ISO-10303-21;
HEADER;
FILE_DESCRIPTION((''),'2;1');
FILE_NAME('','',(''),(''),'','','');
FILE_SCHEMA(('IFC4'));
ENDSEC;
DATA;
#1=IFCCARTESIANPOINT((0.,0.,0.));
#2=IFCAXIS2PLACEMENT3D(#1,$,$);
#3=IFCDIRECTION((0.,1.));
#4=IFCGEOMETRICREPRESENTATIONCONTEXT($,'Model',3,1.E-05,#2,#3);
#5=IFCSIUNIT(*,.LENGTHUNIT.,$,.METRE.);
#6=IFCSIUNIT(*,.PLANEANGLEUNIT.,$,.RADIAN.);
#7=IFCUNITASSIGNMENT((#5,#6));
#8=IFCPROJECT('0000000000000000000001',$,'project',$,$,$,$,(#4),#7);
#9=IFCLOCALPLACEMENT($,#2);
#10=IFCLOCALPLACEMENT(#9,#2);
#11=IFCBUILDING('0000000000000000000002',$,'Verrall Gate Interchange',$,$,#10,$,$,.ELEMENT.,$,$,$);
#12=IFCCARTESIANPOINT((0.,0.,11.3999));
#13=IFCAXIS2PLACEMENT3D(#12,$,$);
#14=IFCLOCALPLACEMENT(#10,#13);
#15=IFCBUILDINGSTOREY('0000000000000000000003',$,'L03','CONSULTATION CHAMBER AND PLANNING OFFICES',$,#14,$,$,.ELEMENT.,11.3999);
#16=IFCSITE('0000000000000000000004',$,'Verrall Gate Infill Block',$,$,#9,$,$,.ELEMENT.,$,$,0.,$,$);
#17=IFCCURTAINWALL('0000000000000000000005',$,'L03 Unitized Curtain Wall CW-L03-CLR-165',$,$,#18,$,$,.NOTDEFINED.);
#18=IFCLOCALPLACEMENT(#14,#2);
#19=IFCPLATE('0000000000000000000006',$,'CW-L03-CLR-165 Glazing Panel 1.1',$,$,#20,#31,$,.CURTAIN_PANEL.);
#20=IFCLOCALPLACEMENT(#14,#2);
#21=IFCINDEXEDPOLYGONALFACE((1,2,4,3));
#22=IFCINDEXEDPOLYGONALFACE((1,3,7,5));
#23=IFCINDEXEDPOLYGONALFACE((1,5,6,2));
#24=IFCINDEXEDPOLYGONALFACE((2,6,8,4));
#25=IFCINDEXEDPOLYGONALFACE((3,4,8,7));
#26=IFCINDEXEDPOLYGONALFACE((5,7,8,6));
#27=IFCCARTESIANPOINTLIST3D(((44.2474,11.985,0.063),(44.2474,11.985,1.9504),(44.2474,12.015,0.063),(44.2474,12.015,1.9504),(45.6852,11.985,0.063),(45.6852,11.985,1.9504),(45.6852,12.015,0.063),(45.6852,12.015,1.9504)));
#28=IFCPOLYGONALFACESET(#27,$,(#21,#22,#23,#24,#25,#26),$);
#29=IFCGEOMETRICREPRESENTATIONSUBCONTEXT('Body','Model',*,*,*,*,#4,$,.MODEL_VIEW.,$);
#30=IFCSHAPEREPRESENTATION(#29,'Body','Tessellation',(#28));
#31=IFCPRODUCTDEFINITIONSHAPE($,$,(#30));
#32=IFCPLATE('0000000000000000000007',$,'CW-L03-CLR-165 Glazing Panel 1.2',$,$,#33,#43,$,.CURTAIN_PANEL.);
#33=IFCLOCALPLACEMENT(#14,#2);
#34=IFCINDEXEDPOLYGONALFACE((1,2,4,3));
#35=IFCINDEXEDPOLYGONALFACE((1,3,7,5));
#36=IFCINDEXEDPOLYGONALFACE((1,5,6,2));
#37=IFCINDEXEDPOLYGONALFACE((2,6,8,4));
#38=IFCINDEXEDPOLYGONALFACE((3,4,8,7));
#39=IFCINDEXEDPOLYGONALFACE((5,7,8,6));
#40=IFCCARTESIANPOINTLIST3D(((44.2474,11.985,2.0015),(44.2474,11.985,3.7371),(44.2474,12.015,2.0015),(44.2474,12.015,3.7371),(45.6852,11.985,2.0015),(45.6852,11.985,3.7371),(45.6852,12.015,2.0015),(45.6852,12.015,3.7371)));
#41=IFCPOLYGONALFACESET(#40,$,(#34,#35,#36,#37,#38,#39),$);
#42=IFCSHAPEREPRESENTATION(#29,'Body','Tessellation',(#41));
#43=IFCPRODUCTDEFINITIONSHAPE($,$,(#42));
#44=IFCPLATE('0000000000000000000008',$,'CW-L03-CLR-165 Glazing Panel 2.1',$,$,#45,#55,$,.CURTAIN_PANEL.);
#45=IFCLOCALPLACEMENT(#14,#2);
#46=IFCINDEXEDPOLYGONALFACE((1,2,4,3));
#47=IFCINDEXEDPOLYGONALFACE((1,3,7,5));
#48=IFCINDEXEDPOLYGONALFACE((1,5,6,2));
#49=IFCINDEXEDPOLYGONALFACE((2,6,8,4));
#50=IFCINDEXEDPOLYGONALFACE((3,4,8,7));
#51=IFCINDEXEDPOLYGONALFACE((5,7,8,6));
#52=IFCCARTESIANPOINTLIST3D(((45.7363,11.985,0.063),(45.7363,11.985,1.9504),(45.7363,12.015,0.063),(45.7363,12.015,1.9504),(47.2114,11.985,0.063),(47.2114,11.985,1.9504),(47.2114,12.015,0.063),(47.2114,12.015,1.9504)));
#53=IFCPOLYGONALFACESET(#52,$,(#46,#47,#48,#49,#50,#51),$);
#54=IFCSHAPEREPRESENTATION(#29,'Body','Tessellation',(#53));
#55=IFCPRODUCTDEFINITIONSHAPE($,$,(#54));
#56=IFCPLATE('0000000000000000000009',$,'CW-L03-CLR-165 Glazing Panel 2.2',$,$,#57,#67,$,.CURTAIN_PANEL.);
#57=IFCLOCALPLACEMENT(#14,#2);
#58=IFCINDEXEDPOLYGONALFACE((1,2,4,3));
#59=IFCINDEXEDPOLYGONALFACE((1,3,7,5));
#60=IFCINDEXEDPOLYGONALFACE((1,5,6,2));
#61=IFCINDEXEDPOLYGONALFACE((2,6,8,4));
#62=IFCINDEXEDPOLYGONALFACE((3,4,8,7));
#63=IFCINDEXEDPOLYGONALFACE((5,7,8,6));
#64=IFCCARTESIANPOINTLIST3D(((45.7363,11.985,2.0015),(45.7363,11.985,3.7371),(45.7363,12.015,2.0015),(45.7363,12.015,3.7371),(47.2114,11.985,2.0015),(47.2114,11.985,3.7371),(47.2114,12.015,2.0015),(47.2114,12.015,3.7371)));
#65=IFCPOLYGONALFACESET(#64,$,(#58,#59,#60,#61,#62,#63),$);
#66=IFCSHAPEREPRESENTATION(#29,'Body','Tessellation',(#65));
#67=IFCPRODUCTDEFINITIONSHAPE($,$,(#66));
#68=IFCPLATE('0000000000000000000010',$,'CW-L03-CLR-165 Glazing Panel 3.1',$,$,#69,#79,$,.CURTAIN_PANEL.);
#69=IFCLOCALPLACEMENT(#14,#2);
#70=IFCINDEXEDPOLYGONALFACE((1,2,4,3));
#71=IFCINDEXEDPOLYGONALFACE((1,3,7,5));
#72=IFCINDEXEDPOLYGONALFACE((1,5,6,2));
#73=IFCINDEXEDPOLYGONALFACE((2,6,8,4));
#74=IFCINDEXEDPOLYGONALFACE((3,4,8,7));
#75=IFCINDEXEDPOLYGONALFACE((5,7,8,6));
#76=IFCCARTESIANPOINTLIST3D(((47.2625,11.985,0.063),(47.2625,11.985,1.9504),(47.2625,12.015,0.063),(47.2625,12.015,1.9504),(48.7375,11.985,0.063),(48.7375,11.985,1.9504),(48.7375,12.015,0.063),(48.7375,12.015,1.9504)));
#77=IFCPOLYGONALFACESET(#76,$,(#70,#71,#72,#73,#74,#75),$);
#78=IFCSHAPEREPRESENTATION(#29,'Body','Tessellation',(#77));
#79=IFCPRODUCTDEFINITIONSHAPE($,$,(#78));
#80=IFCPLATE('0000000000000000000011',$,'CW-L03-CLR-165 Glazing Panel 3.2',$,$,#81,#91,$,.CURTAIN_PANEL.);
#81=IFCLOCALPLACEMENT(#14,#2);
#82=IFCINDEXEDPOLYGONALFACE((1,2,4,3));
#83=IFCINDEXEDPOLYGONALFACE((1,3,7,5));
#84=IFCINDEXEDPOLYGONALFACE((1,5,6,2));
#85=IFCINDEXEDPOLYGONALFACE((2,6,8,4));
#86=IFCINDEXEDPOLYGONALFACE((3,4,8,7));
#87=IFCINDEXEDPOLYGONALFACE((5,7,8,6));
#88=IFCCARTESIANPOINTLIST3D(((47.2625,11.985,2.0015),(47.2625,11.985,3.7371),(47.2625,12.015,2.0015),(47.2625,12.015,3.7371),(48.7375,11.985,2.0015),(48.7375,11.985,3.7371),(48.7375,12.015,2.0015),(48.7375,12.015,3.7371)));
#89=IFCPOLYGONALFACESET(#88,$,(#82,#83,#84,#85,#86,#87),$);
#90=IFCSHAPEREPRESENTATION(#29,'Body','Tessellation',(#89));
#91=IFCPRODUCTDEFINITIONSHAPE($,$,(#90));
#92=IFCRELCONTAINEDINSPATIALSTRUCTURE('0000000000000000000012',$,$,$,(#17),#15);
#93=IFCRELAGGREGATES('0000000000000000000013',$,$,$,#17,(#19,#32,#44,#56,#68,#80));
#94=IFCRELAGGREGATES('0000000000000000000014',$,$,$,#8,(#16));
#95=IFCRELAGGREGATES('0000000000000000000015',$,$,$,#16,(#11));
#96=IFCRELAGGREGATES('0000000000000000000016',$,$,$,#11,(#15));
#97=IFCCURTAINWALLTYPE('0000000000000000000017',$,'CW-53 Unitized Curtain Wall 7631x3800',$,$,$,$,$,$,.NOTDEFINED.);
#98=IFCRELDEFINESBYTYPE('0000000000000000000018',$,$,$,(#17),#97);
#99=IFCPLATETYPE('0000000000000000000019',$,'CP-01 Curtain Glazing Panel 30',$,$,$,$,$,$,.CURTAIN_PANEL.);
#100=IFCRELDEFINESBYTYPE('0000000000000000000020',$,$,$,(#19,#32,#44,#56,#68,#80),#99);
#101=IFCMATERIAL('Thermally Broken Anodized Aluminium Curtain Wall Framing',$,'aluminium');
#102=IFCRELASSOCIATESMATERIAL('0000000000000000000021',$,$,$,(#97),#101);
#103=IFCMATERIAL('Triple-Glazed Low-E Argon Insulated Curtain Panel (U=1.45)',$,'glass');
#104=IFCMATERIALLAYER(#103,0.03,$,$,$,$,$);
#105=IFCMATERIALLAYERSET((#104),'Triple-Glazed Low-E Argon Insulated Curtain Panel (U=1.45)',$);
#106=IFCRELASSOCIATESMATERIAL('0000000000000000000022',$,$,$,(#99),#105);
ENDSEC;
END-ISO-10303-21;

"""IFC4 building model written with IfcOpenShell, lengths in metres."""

from ifc_helpers import new_model, si_unit, direction, frame, origin, origin_2d, place, context, subcontext, project, spatial, rectangle, extrude, material, layer, layer_set, type_object, element, aggregate, save


model = new_model("IFC4")

# Units and contexts
model_context = context("Model", 3, precision=1e-05, world=origin(), true_north=direction((0.0, 1.0)))
body_context = subcontext(model_context, "Body", "Model", "MODEL_VIEW")
ifc_project = project(units=[si_unit("LENGTHUNIT", "METRE"), si_unit("PLANEANGLEUNIT", "RADIAN")], contexts=[model_context])

# Site, building, storey
site_placement = place(None, origin())
site = spatial("IfcSite", under=ifc_project, at=site_placement, Name="Verrall Gate Infill Block", CompositionType="ELEMENT", RefElevation=0.0)
building_placement = place(site_placement, origin())
building = spatial("IfcBuilding", under=site, at=building_placement, Name="Verrall Gate Interchange", CompositionType="ELEMENT")
storey_placement = place(building_placement, frame((0.0, 0.0, 11.3999)))
storey = spatial("IfcBuildingStorey", under=building, at=storey_placement, Name="L03", Description="CONSULTATION CHAMBER AND PLANNING OFFICES", CompositionType="ELEMENT", Elevation=11.3999)

# Curtain wall
ifc_material_1 = material(Name="Thermally Broken Anodized Aluminium Curtain Wall Framing", Category="aluminium")
curtain_wall_type = type_object("IfcCurtainWallType", Name="CW-53 Unitized Curtain Wall 7631x3800", PredefinedType="NOTDEFINED", material=ifc_material_1)
curtain_wall_placement = place(storey_placement, origin())
curtain_wall = element("IfcCurtainWall", 1, at=curtain_wall_placement, inside=storey, type_object=curtain_wall_type, Name="L03 Unitized Curtain Wall CW-L03-CLR-165", PredefinedType="NOTDEFINED")

# Plates
ifc_material_2 = material(Name="Triple-Glazed Low-E Argon Insulated Curtain Panel (U=1.45)", Category="glass")
ifc_layer = layer(ifc_material_2, 0.03)
ifc_layer_set = layer_set([ifc_layer], Name="Triple-Glazed Low-E Argon Insulated Curtain Panel (U=1.45)")
plate_type = type_object("IfcPlateType", Name="CP-01 Curtain Glazing Panel 30", PredefinedType="CURTAIN_PANEL", material=ifc_layer_set)
plate_1_placement = place(storey_placement, frame((44.9663, 12.0, 0.063), z_axis=(0.0, 0.0, 1.0), x_axis=(1.0, 0.0, 0.0)))
plate_1 = element("IfcPlate", 2, at=plate_1_placement, type_object=plate_type, Name="CW-L03-CLR-165 Glazing Panel 1.1", PredefinedType="CURTAIN_PANEL", context=body_context, shape_type="SweptSolid", body=[
    extrude(rectangle(XDim=1.4377, YDim=0.03, at=origin_2d()), origin(), (0.0, 0.0, 1.0), 1.8875),
])
plate_2_placement = place(storey_placement, frame((44.9663, 12.0, 2.0015), z_axis=(0.0, 0.0, 1.0), x_axis=(1.0, 0.0, 0.0)))
plate_2 = element("IfcPlate", 3, at=plate_2_placement, type_object=plate_type, Name="CW-L03-CLR-165 Glazing Panel 1.2", PredefinedType="CURTAIN_PANEL", context=body_context, shape_type="SweptSolid", body=[
    extrude(rectangle(XDim=1.4377, YDim=0.03, at=origin_2d()), origin(), (0.0, 0.0, 1.0), 1.7356),
])
plate_3_placement = place(storey_placement, frame((46.4739, 12.0, 0.063), z_axis=(0.0, 0.0, 1.0), x_axis=(1.0, 0.0, 0.0)))
plate_3 = element("IfcPlate", 4, at=plate_3_placement, type_object=plate_type, Name="CW-L03-CLR-165 Glazing Panel 2.1", PredefinedType="CURTAIN_PANEL", context=body_context, shape_type="SweptSolid", body=[
    extrude(rectangle(XDim=1.4751, YDim=0.03, at=origin_2d()), origin(), (0.0, 0.0, 1.0), 1.8875),
])
plate_4_placement = place(storey_placement, frame((46.4739, 12.0, 2.0015), z_axis=(0.0, 0.0, 1.0), x_axis=(1.0, 0.0, 0.0)))
plate_4 = element("IfcPlate", 5, at=plate_4_placement, type_object=plate_type, Name="CW-L03-CLR-165 Glazing Panel 2.2", PredefinedType="CURTAIN_PANEL", context=body_context, shape_type="SweptSolid", body=[
    extrude(rectangle(XDim=1.4751, YDim=0.03, at=origin_2d()), origin(), (0.0, 0.0, 1.0), 1.7356),
])
plate_5_placement = place(storey_placement, frame((48.0, 12.0, 0.063), z_axis=(0.0, 0.0, 1.0), x_axis=(1.0, 0.0, 0.0)))
plate_5 = element("IfcPlate", 6, at=plate_5_placement, type_object=plate_type, Name="CW-L03-CLR-165 Glazing Panel 3.1", PredefinedType="CURTAIN_PANEL", context=body_context, shape_type="SweptSolid", body=[
    extrude(rectangle(XDim=1.4751, YDim=0.03, at=origin_2d()), origin(), (0.0, 0.0, 1.0), 1.8875),
])
plate_6_placement = place(storey_placement, frame((48.0, 12.0, 2.0015), z_axis=(0.0, 0.0, 1.0), x_axis=(1.0, 0.0, 0.0)))
plate_6 = element("IfcPlate", 7, at=plate_6_placement, type_object=plate_type, Name="CW-L03-CLR-165 Glazing Panel 3.2", PredefinedType="CURTAIN_PANEL", context=body_context, shape_type="SweptSolid", body=[
    extrude(rectangle(XDim=1.4751, YDim=0.03, at=origin_2d()), origin(), (0.0, 0.0, 1.0), 1.7356),
])
aggregate(curtain_wall, [plate_1, plate_2, plate_3, plate_4, plate_5, plate_6])

save(model, "model.ifc")
